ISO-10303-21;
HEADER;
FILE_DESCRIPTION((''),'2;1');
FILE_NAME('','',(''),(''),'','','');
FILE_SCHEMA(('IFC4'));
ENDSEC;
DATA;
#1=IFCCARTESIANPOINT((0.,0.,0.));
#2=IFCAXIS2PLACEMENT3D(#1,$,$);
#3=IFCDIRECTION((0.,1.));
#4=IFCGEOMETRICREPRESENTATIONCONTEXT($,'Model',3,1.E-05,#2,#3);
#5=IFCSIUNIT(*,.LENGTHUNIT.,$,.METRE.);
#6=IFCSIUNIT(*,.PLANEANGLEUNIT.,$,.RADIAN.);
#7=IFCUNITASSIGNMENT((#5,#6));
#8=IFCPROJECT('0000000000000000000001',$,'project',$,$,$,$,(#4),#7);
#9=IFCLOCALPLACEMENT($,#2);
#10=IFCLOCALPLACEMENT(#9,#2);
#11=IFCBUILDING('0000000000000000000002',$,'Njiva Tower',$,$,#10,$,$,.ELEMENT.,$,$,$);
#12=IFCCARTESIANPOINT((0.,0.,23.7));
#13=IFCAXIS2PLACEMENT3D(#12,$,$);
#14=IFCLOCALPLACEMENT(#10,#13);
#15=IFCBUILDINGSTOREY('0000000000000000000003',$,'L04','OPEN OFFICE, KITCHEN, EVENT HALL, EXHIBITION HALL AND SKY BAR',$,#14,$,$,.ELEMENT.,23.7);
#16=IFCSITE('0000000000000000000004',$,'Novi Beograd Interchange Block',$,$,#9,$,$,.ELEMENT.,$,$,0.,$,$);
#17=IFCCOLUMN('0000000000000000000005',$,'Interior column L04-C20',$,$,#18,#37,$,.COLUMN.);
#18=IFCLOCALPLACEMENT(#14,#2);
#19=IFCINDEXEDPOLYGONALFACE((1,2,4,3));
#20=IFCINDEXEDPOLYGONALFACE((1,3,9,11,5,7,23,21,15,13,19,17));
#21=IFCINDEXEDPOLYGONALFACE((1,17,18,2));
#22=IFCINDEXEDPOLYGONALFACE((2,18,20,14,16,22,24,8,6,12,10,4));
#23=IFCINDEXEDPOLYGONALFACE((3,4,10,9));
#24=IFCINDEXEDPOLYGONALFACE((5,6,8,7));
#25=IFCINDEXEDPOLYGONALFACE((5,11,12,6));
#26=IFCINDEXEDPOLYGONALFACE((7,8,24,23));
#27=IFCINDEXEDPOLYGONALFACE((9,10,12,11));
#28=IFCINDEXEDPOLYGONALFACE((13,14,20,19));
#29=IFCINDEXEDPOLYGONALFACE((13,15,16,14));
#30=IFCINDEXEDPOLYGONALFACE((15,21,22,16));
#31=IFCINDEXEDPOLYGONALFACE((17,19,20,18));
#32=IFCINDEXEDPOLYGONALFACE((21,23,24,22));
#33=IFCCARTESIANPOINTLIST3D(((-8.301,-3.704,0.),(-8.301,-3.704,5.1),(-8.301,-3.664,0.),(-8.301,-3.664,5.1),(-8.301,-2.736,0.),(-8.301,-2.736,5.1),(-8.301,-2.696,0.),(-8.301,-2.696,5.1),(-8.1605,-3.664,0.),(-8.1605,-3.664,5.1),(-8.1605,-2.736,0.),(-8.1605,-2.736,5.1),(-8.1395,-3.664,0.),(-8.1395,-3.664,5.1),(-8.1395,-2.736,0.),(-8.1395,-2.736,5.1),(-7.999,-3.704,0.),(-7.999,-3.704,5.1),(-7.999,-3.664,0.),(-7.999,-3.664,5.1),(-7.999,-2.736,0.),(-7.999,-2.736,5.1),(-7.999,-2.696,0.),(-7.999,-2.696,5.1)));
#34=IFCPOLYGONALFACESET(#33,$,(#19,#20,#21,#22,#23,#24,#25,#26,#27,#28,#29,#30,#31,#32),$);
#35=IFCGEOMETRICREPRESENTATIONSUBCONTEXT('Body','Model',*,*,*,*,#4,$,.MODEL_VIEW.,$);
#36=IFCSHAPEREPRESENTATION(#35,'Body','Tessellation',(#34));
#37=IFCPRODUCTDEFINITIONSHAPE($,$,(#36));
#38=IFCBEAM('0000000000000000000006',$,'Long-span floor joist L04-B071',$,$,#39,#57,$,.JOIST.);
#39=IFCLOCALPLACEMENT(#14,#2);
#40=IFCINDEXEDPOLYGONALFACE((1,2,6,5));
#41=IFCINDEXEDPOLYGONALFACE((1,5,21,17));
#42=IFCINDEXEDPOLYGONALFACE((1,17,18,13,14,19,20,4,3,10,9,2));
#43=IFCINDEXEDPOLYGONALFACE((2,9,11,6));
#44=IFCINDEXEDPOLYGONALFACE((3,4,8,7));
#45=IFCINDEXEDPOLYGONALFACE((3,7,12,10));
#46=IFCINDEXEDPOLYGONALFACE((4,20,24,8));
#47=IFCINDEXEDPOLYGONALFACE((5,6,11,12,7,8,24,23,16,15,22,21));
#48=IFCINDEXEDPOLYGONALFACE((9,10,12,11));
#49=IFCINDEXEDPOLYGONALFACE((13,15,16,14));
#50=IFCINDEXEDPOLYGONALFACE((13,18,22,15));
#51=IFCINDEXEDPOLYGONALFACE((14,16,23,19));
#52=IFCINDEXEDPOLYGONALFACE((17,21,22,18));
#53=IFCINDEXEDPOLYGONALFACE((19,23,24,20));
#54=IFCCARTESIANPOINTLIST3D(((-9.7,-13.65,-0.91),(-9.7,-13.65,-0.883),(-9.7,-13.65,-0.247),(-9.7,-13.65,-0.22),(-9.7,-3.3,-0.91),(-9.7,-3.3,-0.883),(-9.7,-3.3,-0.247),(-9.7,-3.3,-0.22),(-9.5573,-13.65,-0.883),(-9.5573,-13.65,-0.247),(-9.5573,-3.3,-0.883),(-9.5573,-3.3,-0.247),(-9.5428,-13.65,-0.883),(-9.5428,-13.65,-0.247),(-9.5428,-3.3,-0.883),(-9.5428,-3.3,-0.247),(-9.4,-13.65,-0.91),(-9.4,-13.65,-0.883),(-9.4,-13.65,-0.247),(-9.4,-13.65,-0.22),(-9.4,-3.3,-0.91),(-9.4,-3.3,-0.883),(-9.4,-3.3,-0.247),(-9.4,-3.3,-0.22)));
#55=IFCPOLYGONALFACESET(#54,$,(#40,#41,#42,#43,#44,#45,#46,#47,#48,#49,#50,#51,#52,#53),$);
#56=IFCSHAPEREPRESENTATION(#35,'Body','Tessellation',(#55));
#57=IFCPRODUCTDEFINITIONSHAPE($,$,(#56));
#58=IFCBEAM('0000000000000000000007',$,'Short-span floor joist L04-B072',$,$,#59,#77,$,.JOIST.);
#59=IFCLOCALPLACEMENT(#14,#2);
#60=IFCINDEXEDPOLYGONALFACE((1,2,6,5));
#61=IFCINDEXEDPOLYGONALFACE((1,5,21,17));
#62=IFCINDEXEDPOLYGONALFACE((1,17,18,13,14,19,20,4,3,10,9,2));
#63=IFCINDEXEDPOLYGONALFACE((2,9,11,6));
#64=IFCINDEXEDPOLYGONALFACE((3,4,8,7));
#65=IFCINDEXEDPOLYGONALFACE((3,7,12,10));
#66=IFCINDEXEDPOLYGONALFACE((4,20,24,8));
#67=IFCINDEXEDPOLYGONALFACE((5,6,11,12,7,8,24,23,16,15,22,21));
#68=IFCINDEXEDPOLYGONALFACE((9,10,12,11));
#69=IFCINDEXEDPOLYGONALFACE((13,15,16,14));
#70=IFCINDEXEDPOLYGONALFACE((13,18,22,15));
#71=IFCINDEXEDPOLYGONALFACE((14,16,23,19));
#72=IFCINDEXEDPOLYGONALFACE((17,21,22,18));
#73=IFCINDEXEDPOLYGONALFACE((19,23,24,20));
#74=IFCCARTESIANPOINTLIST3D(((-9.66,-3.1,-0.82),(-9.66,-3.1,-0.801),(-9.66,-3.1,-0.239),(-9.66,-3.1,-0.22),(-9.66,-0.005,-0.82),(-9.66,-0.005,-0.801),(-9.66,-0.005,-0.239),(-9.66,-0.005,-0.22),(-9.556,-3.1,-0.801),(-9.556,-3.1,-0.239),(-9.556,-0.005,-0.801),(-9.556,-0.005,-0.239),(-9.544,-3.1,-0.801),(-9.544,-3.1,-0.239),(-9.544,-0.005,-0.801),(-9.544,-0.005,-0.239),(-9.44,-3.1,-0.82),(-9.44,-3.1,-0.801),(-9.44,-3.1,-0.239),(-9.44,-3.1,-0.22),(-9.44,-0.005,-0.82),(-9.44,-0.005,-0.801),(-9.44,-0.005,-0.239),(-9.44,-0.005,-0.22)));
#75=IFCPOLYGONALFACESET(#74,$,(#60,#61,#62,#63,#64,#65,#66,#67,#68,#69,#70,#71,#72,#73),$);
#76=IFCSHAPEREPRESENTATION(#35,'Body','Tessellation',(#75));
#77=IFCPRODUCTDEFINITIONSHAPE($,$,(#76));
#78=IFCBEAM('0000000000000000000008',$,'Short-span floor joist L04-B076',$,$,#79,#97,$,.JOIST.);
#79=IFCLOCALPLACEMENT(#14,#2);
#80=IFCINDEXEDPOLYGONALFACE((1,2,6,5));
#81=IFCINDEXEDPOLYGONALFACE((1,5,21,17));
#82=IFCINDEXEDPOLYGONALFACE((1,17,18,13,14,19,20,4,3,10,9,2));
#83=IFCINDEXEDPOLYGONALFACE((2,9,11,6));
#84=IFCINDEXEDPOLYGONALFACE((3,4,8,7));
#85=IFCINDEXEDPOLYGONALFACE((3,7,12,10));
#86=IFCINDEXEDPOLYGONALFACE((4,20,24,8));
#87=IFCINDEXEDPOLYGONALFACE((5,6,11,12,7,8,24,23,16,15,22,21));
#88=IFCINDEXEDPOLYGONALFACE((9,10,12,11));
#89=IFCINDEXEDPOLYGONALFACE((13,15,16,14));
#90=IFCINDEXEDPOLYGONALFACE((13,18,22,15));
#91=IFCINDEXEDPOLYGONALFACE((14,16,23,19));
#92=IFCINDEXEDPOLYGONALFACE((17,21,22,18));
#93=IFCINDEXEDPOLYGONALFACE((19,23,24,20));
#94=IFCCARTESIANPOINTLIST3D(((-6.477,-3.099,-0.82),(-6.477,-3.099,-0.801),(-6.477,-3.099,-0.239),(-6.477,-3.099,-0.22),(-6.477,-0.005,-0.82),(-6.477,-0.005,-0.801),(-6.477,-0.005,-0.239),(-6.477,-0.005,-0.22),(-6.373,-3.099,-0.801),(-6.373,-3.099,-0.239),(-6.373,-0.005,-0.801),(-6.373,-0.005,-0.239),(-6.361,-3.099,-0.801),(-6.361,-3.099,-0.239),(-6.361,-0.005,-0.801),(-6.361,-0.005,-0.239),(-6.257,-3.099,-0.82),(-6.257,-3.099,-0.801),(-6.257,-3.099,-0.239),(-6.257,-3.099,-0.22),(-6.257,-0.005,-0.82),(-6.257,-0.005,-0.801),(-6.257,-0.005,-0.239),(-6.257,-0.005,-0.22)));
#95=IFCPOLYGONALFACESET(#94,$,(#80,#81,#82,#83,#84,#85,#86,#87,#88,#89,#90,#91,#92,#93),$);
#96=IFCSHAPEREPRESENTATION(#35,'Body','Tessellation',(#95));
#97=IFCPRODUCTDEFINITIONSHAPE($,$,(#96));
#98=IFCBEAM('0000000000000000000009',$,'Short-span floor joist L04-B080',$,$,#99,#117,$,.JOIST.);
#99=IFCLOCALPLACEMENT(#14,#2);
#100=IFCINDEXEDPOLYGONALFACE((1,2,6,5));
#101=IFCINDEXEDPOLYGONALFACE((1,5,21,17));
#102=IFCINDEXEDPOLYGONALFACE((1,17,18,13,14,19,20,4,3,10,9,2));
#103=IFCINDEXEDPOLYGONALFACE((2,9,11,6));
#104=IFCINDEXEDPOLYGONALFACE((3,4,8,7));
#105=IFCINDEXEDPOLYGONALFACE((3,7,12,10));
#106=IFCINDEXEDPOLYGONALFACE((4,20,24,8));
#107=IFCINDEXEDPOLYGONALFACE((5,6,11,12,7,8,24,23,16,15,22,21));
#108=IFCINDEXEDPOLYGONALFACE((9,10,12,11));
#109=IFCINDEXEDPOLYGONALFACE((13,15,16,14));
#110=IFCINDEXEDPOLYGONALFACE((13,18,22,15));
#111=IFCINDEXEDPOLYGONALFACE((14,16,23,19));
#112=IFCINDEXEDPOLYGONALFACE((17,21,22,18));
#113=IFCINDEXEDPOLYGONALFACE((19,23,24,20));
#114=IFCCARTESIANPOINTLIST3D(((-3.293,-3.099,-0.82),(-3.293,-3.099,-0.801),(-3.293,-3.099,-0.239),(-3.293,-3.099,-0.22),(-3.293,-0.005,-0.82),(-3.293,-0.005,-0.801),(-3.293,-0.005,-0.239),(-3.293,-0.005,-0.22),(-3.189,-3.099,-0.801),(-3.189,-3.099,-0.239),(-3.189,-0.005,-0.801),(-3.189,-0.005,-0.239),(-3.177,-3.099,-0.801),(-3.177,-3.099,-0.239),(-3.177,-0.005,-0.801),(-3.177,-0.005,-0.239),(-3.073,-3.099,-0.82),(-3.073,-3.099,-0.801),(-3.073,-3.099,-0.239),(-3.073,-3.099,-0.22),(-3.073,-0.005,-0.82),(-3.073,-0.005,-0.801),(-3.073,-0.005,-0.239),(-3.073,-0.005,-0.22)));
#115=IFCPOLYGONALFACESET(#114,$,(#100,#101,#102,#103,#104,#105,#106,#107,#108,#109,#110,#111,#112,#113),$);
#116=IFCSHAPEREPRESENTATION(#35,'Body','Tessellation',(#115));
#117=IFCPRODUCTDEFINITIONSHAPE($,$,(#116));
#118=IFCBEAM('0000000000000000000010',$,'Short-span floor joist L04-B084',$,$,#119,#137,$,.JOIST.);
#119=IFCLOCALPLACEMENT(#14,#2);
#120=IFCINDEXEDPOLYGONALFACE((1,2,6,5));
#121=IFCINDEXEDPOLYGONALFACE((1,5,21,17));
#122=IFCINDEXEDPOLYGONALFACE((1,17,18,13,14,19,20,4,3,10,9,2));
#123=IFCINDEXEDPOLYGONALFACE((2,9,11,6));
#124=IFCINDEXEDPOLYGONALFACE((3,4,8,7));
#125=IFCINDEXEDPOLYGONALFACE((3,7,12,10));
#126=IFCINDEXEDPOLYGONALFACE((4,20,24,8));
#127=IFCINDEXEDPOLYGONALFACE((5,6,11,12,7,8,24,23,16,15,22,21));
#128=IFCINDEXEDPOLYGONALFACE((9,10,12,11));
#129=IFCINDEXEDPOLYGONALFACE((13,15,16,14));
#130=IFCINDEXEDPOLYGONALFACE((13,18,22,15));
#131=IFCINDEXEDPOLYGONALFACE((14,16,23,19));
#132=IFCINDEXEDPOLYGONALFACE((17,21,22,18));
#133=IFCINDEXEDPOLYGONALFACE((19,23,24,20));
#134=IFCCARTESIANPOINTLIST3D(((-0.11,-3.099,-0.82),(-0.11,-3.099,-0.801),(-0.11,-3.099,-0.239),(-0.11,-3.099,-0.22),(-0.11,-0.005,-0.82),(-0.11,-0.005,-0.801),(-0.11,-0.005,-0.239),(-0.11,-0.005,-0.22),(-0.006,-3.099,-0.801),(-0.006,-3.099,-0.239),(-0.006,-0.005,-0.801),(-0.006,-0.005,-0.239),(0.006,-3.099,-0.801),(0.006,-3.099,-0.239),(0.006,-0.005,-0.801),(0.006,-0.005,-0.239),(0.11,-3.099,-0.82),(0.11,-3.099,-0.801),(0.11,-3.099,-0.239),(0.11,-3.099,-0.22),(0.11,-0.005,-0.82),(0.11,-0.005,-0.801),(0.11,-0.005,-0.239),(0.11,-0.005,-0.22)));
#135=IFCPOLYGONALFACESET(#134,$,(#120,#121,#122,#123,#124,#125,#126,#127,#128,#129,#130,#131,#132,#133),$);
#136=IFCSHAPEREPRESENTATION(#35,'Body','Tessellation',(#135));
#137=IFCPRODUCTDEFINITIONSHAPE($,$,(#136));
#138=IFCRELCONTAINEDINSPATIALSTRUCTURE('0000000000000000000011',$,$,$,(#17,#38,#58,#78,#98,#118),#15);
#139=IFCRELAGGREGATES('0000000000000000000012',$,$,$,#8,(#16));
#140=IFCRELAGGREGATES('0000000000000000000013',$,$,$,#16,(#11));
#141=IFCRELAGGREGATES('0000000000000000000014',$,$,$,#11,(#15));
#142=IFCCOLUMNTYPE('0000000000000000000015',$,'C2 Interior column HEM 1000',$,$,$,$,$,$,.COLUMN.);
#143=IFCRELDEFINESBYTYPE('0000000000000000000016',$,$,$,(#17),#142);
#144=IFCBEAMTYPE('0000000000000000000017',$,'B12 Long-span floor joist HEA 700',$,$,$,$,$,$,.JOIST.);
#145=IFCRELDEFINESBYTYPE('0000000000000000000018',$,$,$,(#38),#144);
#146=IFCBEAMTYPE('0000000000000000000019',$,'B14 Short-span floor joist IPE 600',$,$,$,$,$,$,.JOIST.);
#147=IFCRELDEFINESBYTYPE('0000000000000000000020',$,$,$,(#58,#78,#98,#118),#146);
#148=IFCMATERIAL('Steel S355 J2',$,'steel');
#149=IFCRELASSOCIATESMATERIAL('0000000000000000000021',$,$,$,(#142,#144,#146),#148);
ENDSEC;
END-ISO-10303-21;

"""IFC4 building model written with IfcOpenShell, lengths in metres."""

from ifc_helpers import new_model, si_unit, direction, frame, origin, origin_2d, place, context, subcontext, project, spatial, i_section, extrude, material, material_profile, profile_set, type_object, element, save


model = new_model("IFC4")

# Units and contexts
model_context = context("Model", 3, precision=1e-05, world=origin(), true_north=direction((0.0, 1.0)))
body_context = subcontext(model_context, "Body", "Model", "MODEL_VIEW")
ifc_project = project(units=[si_unit("LENGTHUNIT", "METRE"), si_unit("PLANEANGLEUNIT", "RADIAN")], contexts=[model_context])

# Site, building, storey
site_placement = place(None, origin())
site = spatial("IfcSite", under=ifc_project, at=site_placement, Name="Novi Beograd Interchange Block", CompositionType="ELEMENT", RefElevation=0.0)
building_placement = place(site_placement, origin())
building = spatial("IfcBuilding", under=site, at=building_placement, Name="Njiva Tower", CompositionType="ELEMENT")
storey_placement = place(building_placement, frame((0.0, 0.0, 23.7)))
storey = spatial("IfcBuildingStorey", under=building, at=storey_placement, Name="L04", Description="OPEN OFFICE, KITCHEN, EVENT HALL, EXHIBITION HALL AND SKY BAR", CompositionType="ELEMENT", Elevation=23.7)

# Column
ifc_material_1 = material(Name="Steel S355 J2", Category="steel")
ifc_material_profile_1 = material_profile(ifc_material_1, i_section(OverallWidth=0.302, OverallDepth=1.008, WebThickness=0.021, FlangeThickness=0.04, at=origin_2d()), Name="HEM 1000")
ifc_profile_set_1 = profile_set([ifc_material_profile_1], Name="Steel S355 J2")
column_type = type_object("IfcColumnType", Name="C2 Interior column HEM 1000", PredefinedType="COLUMN", material=ifc_profile_set_1)
column_placement = place(storey_placement, frame((-8.15, -3.2, 0.0), z_axis=(0.0, 0.0, 1.0), x_axis=(1.0, 0.0, 0.0)))
element("IfcColumn", 1, at=column_placement, inside=storey, type_object=column_type, Name="Interior column L04-C20", PredefinedType="COLUMN", context=body_context, shape_type="SweptSolid", body=[
    extrude(i_section(OverallWidth=0.302, OverallDepth=1.008, WebThickness=0.021, FlangeThickness=0.04, at=origin_2d()), origin(), (0.0, 0.0, 1.0), 5.1),
])

# Beams
ifc_material_profile_2 = material_profile(ifc_material_1, i_section(OverallWidth=0.3, OverallDepth=0.69, WebThickness=0.0145, FlangeThickness=0.027, at=origin_2d()), Name="HEA 700")
ifc_profile_set_2 = profile_set([ifc_material_profile_2], Name="Steel S355 J2")
beam_type_1 = type_object("IfcBeamType", Name="B12 Long-span floor joist HEA 700", PredefinedType="JOIST", material=ifc_profile_set_2)
beam_1_placement = place(storey_placement, frame((-9.55, -3.3, -0.565), z_axis=(0.0, -1.0, 0.0), x_axis=(1.0, 0.0, 0.0)))
element("IfcBeam", 2, at=beam_1_placement, inside=storey, type_object=beam_type_1, Name="Long-span floor joist L04-B071", PredefinedType="JOIST", context=body_context, shape_type="SweptSolid", body=[
    extrude(i_section(OverallWidth=0.3, OverallDepth=0.69, WebThickness=0.0145, FlangeThickness=0.027, at=origin_2d()), origin(), (0.0, 0.0, 1.0), 10.35),
])
ifc_material_profile_3 = material_profile(ifc_material_1, i_section(OverallWidth=0.22, OverallDepth=0.6, WebThickness=0.012, FlangeThickness=0.019, at=origin_2d()), Name="IPE 600")
ifc_profile_set_3 = profile_set([ifc_material_profile_3], Name="Steel S355 J2")
beam_type_2 = type_object("IfcBeamType", Name="B14 Short-span floor joist IPE 600", PredefinedType="JOIST", material=ifc_profile_set_3)
beam_2_placement = place(storey_placement, frame((-9.55, -0.005, -0.52), z_axis=(0.0, -1.0, 0.0), x_axis=(1.0, 0.0, 0.0)))
element("IfcBeam", 3, at=beam_2_placement, inside=storey, type_object=beam_type_2, Name="Short-span floor joist L04-B072", PredefinedType="JOIST", context=body_context, shape_type="SweptSolid", body=[
    extrude(i_section(OverallWidth=0.22, OverallDepth=0.6, WebThickness=0.012, FlangeThickness=0.019, at=origin_2d()), origin(), (0.0, 0.0, 1.0), 3.095),
])
for number, where, z_axis, x_axis, name in (
    (4, (-6.367, -0.005, -0.52), (0.0, -1.0, 0.0), (1.0, 0.0, 0.0), "Short-span floor joist L04-B076"),
    (5, (-3.183, -0.005, -0.52), (0.0, -1.0, 0.0), (1.0, 0.0, 0.0), "Short-span floor joist L04-B080"),
    (6, (0.0, -0.005, -0.52), (0.0, -1.0, 0.0), (1.0, 0.0, 0.0), "Short-span floor joist L04-B084"),
):
    element("IfcBeam", number, at=place(storey_placement, frame(where, z_axis=z_axis, x_axis=x_axis)), inside=storey, type_object=beam_type_2, Name=name, PredefinedType="JOIST", context=body_context, shape_type="SweptSolid", body=[
        extrude(i_section(OverallWidth=0.22, OverallDepth=0.6, WebThickness=0.012, FlangeThickness=0.019, at=origin_2d()), origin(), (0.0, 0.0, 1.0), 3.094),
    ])

save(model, "model.ifc")
